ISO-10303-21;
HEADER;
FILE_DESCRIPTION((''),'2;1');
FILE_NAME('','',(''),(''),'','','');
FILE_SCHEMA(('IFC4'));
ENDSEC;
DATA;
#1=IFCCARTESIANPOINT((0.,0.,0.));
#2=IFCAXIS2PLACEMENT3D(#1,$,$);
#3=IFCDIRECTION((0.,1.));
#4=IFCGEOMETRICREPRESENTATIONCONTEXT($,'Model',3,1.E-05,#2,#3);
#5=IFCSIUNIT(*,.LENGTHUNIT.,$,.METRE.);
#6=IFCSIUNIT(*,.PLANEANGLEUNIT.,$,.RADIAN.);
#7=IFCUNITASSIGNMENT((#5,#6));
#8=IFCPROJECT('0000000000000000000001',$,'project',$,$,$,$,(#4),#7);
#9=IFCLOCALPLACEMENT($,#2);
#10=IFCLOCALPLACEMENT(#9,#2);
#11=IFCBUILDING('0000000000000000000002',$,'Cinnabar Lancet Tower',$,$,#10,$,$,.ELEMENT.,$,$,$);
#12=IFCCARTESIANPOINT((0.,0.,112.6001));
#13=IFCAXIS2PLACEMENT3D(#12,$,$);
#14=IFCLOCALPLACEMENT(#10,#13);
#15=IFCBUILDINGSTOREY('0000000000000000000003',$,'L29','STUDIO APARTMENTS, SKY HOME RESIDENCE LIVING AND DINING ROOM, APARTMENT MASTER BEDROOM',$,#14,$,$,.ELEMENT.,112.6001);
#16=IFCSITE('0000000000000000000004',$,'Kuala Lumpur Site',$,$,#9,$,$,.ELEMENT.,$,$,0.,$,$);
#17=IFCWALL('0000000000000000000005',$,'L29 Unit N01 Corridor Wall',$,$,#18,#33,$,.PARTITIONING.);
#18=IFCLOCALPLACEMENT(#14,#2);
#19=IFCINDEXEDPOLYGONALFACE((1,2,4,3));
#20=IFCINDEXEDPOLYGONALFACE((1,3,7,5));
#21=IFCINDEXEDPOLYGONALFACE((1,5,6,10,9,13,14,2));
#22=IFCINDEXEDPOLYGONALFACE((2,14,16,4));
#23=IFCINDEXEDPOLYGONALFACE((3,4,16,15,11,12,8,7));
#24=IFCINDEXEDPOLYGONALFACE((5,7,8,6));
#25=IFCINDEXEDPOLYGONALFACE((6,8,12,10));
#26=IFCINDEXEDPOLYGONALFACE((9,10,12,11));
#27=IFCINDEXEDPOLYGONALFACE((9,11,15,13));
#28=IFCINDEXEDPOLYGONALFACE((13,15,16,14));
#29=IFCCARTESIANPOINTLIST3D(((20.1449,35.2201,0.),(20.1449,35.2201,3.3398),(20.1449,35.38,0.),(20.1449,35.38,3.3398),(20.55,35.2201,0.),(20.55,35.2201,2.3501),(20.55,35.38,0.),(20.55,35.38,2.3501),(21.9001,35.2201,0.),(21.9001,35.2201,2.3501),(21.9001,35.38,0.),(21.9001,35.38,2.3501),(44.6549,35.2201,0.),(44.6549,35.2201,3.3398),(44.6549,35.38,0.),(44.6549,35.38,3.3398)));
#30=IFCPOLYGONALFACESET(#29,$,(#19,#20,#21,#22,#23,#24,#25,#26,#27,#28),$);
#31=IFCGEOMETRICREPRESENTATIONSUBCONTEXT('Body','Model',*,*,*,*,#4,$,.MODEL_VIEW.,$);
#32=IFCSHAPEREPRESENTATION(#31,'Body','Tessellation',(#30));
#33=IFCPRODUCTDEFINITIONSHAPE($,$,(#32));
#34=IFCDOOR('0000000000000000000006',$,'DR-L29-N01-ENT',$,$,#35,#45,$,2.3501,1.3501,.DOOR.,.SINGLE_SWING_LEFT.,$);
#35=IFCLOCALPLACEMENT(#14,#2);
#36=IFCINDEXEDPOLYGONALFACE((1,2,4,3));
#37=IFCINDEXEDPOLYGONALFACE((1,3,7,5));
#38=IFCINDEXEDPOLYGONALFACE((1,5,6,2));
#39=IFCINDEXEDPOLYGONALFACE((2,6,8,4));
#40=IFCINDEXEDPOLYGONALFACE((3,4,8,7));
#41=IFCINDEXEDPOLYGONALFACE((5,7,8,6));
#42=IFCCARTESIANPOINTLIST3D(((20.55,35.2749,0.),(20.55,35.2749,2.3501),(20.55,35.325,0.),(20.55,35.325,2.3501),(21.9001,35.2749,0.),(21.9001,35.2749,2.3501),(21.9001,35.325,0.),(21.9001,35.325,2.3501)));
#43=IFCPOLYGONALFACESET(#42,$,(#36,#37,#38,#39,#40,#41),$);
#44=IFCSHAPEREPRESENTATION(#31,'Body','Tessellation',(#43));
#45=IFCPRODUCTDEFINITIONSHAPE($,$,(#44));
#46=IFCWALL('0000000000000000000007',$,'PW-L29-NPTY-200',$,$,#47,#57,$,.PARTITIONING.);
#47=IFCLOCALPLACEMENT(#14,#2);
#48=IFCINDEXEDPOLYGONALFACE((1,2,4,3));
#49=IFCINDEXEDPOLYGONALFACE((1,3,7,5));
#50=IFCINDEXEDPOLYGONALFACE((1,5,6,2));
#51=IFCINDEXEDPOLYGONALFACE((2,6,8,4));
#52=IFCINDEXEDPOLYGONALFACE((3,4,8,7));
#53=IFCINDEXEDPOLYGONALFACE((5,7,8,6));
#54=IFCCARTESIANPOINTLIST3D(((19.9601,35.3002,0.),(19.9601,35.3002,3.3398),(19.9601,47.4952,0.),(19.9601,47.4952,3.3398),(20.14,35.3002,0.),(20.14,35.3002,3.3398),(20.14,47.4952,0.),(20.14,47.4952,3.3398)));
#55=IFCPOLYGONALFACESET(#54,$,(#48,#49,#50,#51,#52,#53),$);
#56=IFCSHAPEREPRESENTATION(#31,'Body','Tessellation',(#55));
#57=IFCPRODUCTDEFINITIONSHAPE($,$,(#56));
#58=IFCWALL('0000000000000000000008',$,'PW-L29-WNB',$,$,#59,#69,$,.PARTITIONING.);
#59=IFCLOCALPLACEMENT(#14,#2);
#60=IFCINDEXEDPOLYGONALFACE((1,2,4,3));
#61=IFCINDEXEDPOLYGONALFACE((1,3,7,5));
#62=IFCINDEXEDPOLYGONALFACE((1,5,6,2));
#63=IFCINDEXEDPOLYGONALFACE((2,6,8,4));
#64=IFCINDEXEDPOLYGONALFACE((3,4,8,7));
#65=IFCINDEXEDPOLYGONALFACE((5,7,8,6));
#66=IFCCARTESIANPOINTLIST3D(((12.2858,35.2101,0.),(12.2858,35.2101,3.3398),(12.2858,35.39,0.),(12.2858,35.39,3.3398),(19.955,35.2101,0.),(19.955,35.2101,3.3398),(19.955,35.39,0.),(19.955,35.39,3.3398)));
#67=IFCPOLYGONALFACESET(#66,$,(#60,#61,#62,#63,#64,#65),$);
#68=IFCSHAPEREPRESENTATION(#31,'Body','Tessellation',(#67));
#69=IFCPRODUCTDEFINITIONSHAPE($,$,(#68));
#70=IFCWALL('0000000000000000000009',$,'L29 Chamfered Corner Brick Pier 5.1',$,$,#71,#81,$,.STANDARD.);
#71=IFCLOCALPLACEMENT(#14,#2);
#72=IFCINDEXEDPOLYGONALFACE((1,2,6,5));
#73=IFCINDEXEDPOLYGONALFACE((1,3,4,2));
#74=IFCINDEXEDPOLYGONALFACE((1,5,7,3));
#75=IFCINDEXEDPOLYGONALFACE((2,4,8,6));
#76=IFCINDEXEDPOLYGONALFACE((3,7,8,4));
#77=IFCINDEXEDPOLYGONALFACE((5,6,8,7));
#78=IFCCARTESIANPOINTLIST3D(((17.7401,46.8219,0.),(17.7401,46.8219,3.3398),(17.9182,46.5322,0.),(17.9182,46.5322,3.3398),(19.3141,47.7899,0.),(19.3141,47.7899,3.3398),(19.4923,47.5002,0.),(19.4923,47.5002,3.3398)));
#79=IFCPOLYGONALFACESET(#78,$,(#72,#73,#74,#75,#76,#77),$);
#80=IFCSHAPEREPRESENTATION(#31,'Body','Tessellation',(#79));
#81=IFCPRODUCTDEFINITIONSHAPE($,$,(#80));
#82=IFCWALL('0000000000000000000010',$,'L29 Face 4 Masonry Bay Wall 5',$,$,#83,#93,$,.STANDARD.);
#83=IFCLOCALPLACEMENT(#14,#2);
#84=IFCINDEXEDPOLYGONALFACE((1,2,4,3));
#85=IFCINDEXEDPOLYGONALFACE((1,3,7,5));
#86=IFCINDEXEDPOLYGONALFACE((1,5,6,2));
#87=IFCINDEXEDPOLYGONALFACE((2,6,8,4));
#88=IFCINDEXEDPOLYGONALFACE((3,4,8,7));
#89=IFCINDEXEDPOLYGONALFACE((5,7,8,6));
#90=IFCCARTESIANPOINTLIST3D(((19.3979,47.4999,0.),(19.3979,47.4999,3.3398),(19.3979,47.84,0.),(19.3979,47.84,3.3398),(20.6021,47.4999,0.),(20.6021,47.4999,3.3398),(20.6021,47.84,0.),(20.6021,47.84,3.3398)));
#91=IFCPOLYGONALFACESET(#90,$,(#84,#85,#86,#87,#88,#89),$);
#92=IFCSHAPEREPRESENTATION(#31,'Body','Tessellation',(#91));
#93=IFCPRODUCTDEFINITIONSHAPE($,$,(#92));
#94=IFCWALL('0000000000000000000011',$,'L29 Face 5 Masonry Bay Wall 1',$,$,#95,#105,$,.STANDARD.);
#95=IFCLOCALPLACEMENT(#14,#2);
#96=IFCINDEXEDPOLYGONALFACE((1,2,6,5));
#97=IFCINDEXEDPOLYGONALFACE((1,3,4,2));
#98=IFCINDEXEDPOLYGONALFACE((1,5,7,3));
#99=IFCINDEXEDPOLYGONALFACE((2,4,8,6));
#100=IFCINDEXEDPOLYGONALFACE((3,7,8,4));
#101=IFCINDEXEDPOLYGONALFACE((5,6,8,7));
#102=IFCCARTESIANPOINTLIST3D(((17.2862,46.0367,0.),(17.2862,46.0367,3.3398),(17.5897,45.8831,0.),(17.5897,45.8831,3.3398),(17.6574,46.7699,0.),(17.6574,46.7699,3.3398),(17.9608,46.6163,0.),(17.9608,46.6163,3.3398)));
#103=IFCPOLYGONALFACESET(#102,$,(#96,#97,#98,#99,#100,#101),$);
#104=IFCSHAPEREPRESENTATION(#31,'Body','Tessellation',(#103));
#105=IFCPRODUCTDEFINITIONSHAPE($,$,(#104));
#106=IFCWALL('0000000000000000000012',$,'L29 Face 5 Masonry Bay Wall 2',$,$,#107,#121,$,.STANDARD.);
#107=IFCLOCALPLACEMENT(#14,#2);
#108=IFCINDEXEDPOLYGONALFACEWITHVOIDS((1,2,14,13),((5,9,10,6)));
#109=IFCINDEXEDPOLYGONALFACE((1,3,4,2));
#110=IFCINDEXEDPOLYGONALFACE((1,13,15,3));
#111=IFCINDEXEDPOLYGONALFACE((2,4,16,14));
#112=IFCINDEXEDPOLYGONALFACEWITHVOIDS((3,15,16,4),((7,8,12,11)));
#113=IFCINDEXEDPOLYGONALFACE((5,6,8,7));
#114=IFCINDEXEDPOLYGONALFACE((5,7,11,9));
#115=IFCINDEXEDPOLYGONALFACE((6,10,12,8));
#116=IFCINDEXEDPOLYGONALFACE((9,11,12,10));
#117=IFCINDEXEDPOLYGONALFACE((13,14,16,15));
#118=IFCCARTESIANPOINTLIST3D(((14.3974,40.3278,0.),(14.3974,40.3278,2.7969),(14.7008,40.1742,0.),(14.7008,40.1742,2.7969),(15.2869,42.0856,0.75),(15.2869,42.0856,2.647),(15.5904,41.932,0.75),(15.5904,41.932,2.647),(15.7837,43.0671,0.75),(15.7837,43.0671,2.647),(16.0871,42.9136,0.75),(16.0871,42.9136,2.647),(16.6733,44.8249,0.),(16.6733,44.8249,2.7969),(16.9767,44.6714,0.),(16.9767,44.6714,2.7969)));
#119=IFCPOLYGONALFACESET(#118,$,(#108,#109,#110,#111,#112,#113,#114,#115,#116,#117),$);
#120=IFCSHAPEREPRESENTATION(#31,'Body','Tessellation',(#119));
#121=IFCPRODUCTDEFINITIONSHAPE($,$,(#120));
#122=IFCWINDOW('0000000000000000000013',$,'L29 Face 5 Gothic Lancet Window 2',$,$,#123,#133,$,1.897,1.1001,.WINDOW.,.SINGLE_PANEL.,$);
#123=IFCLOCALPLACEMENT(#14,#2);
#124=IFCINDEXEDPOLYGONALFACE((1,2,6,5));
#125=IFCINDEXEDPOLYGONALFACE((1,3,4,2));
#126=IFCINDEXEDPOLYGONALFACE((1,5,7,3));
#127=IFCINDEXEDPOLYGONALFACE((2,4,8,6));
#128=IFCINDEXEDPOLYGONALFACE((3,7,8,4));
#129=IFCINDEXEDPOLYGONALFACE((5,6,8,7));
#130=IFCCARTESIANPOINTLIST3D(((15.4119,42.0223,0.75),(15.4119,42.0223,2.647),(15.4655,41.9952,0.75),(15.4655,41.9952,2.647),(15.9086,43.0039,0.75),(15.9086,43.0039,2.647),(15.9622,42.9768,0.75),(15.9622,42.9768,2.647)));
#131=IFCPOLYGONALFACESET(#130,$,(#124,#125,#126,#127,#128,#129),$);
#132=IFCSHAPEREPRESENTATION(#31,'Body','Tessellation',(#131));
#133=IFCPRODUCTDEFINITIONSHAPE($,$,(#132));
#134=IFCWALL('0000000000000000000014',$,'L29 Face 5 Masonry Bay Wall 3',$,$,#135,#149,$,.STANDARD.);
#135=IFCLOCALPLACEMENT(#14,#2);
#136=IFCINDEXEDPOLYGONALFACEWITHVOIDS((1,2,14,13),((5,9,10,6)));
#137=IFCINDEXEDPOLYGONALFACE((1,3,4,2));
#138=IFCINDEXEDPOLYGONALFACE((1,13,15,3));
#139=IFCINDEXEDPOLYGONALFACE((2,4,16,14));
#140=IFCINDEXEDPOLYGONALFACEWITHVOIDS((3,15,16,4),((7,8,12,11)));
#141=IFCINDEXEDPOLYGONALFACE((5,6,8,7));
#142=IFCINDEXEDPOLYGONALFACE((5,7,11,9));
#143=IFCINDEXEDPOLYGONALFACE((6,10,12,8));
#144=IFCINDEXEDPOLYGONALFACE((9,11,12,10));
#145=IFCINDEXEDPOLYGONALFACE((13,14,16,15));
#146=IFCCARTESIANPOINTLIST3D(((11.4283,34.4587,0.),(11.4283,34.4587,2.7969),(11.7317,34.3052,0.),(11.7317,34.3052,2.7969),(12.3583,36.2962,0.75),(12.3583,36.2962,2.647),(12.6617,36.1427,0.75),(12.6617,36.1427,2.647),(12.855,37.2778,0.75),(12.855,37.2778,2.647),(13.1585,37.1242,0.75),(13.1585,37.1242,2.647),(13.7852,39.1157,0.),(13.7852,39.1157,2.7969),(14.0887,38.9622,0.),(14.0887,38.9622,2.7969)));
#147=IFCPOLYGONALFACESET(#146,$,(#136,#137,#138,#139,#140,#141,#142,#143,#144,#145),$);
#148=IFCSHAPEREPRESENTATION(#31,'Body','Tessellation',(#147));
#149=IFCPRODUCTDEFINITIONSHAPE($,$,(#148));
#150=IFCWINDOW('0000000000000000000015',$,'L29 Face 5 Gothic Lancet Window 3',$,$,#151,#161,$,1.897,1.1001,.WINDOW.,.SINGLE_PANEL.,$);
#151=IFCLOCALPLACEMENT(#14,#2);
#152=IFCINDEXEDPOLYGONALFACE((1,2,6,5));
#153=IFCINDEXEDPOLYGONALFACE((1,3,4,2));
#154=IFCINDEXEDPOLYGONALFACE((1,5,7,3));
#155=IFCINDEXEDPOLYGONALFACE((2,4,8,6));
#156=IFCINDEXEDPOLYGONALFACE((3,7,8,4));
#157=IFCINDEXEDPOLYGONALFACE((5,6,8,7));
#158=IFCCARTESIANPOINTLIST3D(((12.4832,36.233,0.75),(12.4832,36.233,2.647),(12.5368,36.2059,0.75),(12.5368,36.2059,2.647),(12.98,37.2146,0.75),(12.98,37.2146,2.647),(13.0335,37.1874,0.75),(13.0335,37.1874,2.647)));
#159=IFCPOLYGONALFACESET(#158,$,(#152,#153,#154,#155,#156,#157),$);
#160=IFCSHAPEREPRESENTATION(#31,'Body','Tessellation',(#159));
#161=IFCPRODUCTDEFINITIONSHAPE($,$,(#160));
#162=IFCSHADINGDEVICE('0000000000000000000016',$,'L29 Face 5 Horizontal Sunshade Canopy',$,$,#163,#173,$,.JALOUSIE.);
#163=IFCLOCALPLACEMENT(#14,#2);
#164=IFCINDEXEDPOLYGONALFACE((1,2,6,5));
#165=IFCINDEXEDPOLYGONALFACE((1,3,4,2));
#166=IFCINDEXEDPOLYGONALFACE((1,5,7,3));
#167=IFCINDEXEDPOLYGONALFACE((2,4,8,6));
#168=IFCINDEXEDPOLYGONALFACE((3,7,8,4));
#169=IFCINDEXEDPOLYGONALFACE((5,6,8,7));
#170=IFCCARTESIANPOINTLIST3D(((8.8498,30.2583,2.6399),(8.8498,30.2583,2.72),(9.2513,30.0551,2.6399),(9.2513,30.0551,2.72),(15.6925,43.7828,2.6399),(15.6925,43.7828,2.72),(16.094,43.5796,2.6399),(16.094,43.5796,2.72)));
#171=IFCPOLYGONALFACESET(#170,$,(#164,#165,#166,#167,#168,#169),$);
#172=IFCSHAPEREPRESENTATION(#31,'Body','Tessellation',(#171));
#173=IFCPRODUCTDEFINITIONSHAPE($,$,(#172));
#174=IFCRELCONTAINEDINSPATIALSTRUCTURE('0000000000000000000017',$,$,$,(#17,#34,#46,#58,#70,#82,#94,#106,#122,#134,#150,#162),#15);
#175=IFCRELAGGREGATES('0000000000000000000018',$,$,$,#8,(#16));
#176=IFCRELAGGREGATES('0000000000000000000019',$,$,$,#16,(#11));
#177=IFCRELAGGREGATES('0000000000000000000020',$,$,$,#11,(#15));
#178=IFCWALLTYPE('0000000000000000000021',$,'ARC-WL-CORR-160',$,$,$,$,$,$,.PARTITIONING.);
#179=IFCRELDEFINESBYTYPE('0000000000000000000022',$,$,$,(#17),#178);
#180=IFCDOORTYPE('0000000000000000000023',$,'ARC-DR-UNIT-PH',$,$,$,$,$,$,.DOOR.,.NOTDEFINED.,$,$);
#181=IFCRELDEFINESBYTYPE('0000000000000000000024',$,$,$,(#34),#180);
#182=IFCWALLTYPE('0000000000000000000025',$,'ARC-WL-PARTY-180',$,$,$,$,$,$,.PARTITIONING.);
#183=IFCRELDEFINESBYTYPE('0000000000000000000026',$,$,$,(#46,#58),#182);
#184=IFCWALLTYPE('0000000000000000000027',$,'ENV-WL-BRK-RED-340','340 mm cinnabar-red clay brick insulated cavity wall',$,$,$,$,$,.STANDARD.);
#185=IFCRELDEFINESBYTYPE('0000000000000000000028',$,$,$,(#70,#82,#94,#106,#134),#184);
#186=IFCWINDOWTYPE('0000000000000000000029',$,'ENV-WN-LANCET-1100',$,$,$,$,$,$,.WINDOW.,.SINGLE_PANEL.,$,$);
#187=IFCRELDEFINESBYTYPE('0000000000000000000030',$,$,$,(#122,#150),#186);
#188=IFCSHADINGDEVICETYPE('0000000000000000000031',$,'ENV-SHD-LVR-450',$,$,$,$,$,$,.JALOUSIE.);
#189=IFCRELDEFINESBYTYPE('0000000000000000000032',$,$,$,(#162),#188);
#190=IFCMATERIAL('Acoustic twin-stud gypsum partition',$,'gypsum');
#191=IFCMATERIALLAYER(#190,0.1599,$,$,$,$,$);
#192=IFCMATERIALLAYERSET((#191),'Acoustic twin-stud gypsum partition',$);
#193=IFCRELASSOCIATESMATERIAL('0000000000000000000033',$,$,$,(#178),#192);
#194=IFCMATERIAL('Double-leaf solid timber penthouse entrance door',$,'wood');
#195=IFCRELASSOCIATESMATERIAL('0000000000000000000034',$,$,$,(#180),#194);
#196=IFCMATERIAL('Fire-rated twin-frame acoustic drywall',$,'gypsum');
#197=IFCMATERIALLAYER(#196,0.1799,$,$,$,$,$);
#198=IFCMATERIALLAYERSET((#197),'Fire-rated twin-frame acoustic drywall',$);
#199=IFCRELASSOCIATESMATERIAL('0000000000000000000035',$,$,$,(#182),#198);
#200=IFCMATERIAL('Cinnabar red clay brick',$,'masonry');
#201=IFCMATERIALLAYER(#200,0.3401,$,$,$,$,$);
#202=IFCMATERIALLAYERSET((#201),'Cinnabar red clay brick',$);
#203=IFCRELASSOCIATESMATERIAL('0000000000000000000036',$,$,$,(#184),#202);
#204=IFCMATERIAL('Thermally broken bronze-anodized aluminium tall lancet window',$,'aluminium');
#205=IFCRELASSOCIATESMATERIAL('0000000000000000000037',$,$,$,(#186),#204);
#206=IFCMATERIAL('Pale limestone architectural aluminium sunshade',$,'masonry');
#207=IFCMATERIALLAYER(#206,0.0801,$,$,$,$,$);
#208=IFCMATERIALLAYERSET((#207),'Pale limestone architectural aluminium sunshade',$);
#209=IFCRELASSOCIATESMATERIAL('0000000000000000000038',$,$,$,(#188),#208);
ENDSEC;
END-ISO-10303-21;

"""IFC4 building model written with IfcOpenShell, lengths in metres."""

from ifc_helpers import new_model, si_unit, direction, frame, frame_2d, origin, origin_2d, place, context, subcontext, project, spatial, rectangle, extrude, material, layer, layer_set, type_object, element, fill, save


model = new_model("IFC4")

# Units and contexts
model_context = context("Model", 3, precision=1e-05, world=origin(), true_north=direction((0.0, 1.0)))
body_context = subcontext(model_context, "Body", "Model", "MODEL_VIEW")
ifc_project = project(units=[si_unit("LENGTHUNIT", "METRE"), si_unit("PLANEANGLEUNIT", "RADIAN")], contexts=[model_context])

# Site, building, storey
site_placement = place(None, origin())
site = spatial("IfcSite", under=ifc_project, at=site_placement, Name="Kuala Lumpur Site", CompositionType="ELEMENT", RefElevation=0.0)
building_placement = place(site_placement, origin())
building = spatial("IfcBuilding", under=site, at=building_placement, Name="Cinnabar Lancet Tower", CompositionType="ELEMENT")
storey_placement = place(building_placement, frame((0.0, 0.0, 112.6001)))
storey = spatial("IfcBuildingStorey", under=building, at=storey_placement, Name="L29", Description="STUDIO APARTMENTS, SKY HOME RESIDENCE LIVING AND DINING ROOM, APARTMENT MASTER BEDROOM", CompositionType="ELEMENT", Elevation=112.6001)

# Wall, opening, door
ifc_material_1 = material(Name="Acoustic twin-stud gypsum partition", Category="gypsum")
ifc_layer_1 = layer(ifc_material_1, 0.1599)
ifc_layer_set_1 = layer_set([ifc_layer_1], Name="Acoustic twin-stud gypsum partition")
wall_type_1 = type_object("IfcWallType", Name="ARC-WL-CORR-160", PredefinedType="PARTITIONING", material=ifc_layer_set_1)
wall_1_placement = place(storey_placement, frame((20.145, 35.3, 0.0), z_axis=(0.0, 0.0, 1.0), x_axis=(1.0, 0.0, 0.0)))
wall_1 = element("IfcWall", 1, at=wall_1_placement, inside=storey, type_object=wall_type_1, Name="L29 Unit N01 Corridor Wall", PredefinedType="PARTITIONING", context=body_context, shape_type="SweptSolid", body=[
    extrude(rectangle(XDim=24.51, YDim=0.1599, at=frame_2d((12.2549, 0.0))), origin(), (0.0, 0.0, 1.0), 3.3398),
])
opening_1_placement = place(wall_1_placement, frame((0.405, 0.0, 0.0)))
opening_1 = element("IfcOpeningElement", 2, at=opening_1_placement, cuts=wall_1, PredefinedType="OPENING", context=body_context, shape_type="SweptSolid", body=[
    extrude(rectangle(XDim=1.3501, YDim=2.3501, at=frame_2d((0.675, 1.175))), frame((0.0, 0.0898, 0.0), z_axis=(0.0, -1.0, 0.0), x_axis=(1.0, 0.0, 0.0)), (0.0, 0.0, 1.0), 0.1799),
])
ifc_material_2 = material(Name="Double-leaf solid timber penthouse entrance door", Category="wood")
door_type = type_object("IfcDoorType", Name="ARC-DR-UNIT-PH", OperationType="NOTDEFINED", PredefinedType="DOOR", material=ifc_material_2)
door_placement = place(opening_1_placement, origin())
door = element("IfcDoor", 3, at=door_placement, inside=storey, type_object=door_type, Name="DR-L29-N01-ENT", OperationType="SINGLE_SWING_LEFT", OverallHeight=2.3501, OverallWidth=1.3501, PredefinedType="DOOR", context=body_context, shape_type="SweptSolid", body=[
    extrude(rectangle(XDim=1.3501, YDim=2.3501, at=frame_2d((0.675, 1.175))), frame((0.0, 0.0249, 0.0), z_axis=(0.0, -1.0, 0.0), x_axis=(1.0, 0.0, 0.0)), (0.0, 0.0, 1.0), 0.05),
])
fill(opening_1, door)

# Walls
ifc_material_3 = material(Name="Fire-rated twin-frame acoustic drywall", Category="gypsum")
ifc_layer_2 = layer(ifc_material_3, 0.1799)
ifc_layer_set_2 = layer_set([ifc_layer_2], Name="Fire-rated twin-frame acoustic drywall")
wall_type_2 = type_object("IfcWallType", Name="ARC-WL-PARTY-180", PredefinedType="PARTITIONING", material=ifc_layer_set_2)
wall_2_placement = place(storey_placement, frame((20.05, 35.3, 0.0), z_axis=(0.0, 0.0, 1.0), x_axis=(0.0, 1.0, 0.0)))
element("IfcWall", 4, at=wall_2_placement, inside=storey, type_object=wall_type_2, Name="PW-L29-NPTY-200", PredefinedType="PARTITIONING", context=body_context, shape_type="SweptSolid", body=[
    extrude(rectangle(XDim=12.1951, YDim=0.1799, at=frame_2d((6.0977, 0.0))), origin(), (0.0, 0.0, 1.0), 3.3398),
])
wall_3_placement = place(storey_placement, frame((12.2859, 35.3, 0.0), z_axis=(0.0, 0.0, 1.0), x_axis=(1.0, 0.0, 0.0)))
element("IfcWall", 5, at=wall_3_placement, inside=storey, type_object=wall_type_2, Name="PW-L29-WNB", PredefinedType="PARTITIONING", context=body_context, shape_type="SweptSolid", body=[
    extrude(rectangle(XDim=7.6692, YDim=0.1799, at=frame_2d((3.8345, 0.0))), origin(), (0.0, 0.0, 1.0), 3.3398),
])
ifc_material_4 = material(Name="Cinnabar red clay brick", Category="masonry")
ifc_layer_3 = layer(ifc_material_4, 0.3401)
ifc_layer_set_3 = layer_set([ifc_layer_3], Name="Cinnabar red clay brick")
wall_type_3 = type_object("IfcWallType", Name="ENV-WL-BRK-RED-340", Description="340 mm cinnabar-red clay brick insulated cavity wall", PredefinedType="STANDARD", material=ifc_layer_set_3)
wall_4_placement = place(storey_placement, frame((19.4031, 47.645, 0.0), z_axis=(0.0, 0.0, 1.0), x_axis=(-0.851799, -0.523869, 0.0)))
element("IfcWall", 6, at=wall_4_placement, inside=storey, type_object=wall_type_3, Name="L29 Chamfered Corner Brick Pier 5.1", PredefinedType="STANDARD", context=body_context, shape_type="SweptSolid", body=[
    extrude(rectangle(XDim=1.8479, YDim=0.3401, at=frame_2d((0.9238, 0.0))), origin(), (0.0, 0.0, 1.0), 3.3398),
])
wall_5_placement = place(storey_placement, frame((20.6021, 47.6699, 0.0), z_axis=(0.0, 0.0, 1.0), x_axis=(-1.0, 0.0, 0.0)))
element("IfcWall", 7, at=wall_5_placement, inside=storey, type_object=wall_type_3, Name="L29 Face 4 Masonry Bay Wall 5", PredefinedType="STANDARD", context=body_context, shape_type="SweptSolid", body=[
    extrude(rectangle(XDim=1.2041, YDim=0.3401, at=frame_2d((0.6021, 0.0))), origin(), (0.0, 0.0, 1.0), 3.3398),
])
wall_6_placement = place(storey_placement, frame((17.8091, 46.6931, 0.0), z_axis=(0.0, 0.0, 1.0), x_axis=(-0.451605, -0.892218, 0.0)))
element("IfcWall", 8, at=wall_6_placement, inside=storey, type_object=wall_type_3, Name="L29 Face 5 Masonry Bay Wall 1", PredefinedType="STANDARD", context=body_context, shape_type="SweptSolid", body=[
    extrude(rectangle(XDim=0.8218, YDim=0.3401, at=frame_2d((0.4109, 0.0))), origin(), (0.0, 0.0, 1.0), 3.3398),
])

# Walls, openings, windows
wall_7_placement = place(storey_placement, frame((16.825, 44.748, 0.0), z_axis=(0.0, 0.0, 1.0), x_axis=(-0.451548, -0.892247, 0.0)))
wall_7 = element("IfcWall", 9, at=wall_7_placement, inside=storey, type_object=wall_type_3, Name="L29 Face 5 Masonry Bay Wall 2", PredefinedType="STANDARD", context=body_context, shape_type="SweptSolid", body=[
    extrude(rectangle(XDim=5.0403, YDim=0.3401, at=frame_2d((2.52, 0.0))), origin(), (0.0, 0.0, 1.0), 2.7969),
])
opening_2_placement = place(wall_7_placement, frame((1.97, 0.0, 0.75)))
opening_2 = element("IfcOpeningElement", 10, at=opening_2_placement, cuts=wall_7, PredefinedType="OPENING", context=body_context, shape_type="SweptSolid", body=[
    extrude(rectangle(XDim=1.1001, YDim=1.897, at=frame_2d((0.55, 0.9485))), frame((0.0, 0.1799, 0.0), z_axis=(0.0, -1.0, 0.0), x_axis=(1.0, 0.0, 0.0)), (0.0, 0.0, 1.0), 0.3601),
])
ifc_material_5 = material(Name="Thermally broken bronze-anodized aluminium tall lancet window", Category="aluminium")
window_type = type_object("IfcWindowType", Name="ENV-WN-LANCET-1100", PartitioningType="SINGLE_PANEL", PredefinedType="WINDOW", material=ifc_material_5)
window_1_placement = place(opening_2_placement, origin())
window_1 = element("IfcWindow", 11, at=window_1_placement, inside=storey, type_object=window_type, Name="L29 Face 5 Gothic Lancet Window 2", OverallHeight=1.897, OverallWidth=1.1001, PartitioningType="SINGLE_PANEL", PredefinedType="WINDOW", context=body_context, shape_type="SweptSolid", body=[
    extrude(rectangle(XDim=1.1001, YDim=1.897, at=frame_2d((0.55, 0.9485))), frame((0.0, 0.03, 0.0), z_axis=(0.0, -1.0, 0.0), x_axis=(1.0, 0.0, 0.0)), (0.0, 0.0, 1.0), 0.0601),
])
fill(opening_2, window_1)
wall_8_placement = place(storey_placement, frame((13.937, 39.0391, 0.0), z_axis=(0.0, 0.0, 1.0), x_axis=(-0.451568, -0.892237, 0.0)))
wall_8 = element("IfcWall", 12, at=wall_8_placement, inside=storey, type_object=wall_type_3, Name="L29 Face 5 Masonry Bay Wall 3", PredefinedType="STANDARD", context=body_context, shape_type="SweptSolid", body=[
    extrude(rectangle(XDim=5.2195, YDim=0.3401, at=frame_2d((2.6099, 0.0))), origin(), (0.0, 0.0, 1.0), 2.7969),
])
opening_3_placement = place(wall_8_placement, frame((2.0601, 0.0, 0.75)))
opening_3 = element("IfcOpeningElement", 13, at=opening_3_placement, cuts=wall_8, PredefinedType="OPENING", context=body_context, shape_type="SweptSolid", body=[
    extrude(rectangle(XDim=1.1001, YDim=1.897, at=frame_2d((0.55, 0.9485))), frame((0.0, 0.1799, 0.0), z_axis=(0.0, -1.0, 0.0), x_axis=(1.0, 0.0, 0.0)), (0.0, 0.0, 1.0), 0.3601),
])
window_2_placement = place(opening_3_placement, origin())
window_2 = element("IfcWindow", 14, at=window_2_placement, inside=storey, type_object=window_type, Name="L29 Face 5 Gothic Lancet Window 3", OverallHeight=1.897, OverallWidth=1.1001, PartitioningType="SINGLE_PANEL", PredefinedType="WINDOW", context=body_context, shape_type="SweptSolid", body=[
    extrude(rectangle(XDim=1.1001, YDim=1.897, at=frame_2d((0.55, 0.9485))), frame((0.0, 0.03, 0.0), z_axis=(0.0, -1.0, 0.0), x_axis=(1.0, 0.0, 0.0)), (0.0, 0.0, 1.0), 0.0601),
])
fill(opening_3, window_2)

# Shading device
ifc_material_6 = material(Name="Pale limestone architectural aluminium sunshade", Category="masonry")
ifc_layer_4 = layer(ifc_material_6, 0.0801)
ifc_layer_set_4 = layer_set([ifc_layer_4], Name="Pale limestone architectural aluminium sunshade")
shading_device_type = type_object("IfcShadingDeviceType", Name="ENV-SHD-LVR-450", PredefinedType="JALOUSIE", material=ifc_layer_set_4)
shading_device_placement = place(storey_placement, frame((12.4719, 36.9189, 2.6399), z_axis=(0.0, 0.0, 1.0), x_axis=(-0.451454, -0.892294, 0.0)))
element("IfcShadingDevice", 15, at=shading_device_placement, inside=storey, type_object=shading_device_type, Name="L29 Face 5 Horizontal Sunshade Canopy", PredefinedType="JALOUSIE", context=body_context, shape_type="SweptSolid", body=[
    extrude(rectangle(XDim=15.157, YDim=0.45, at=origin_2d()), origin(), (0.0, 0.0, 1.0), 0.0801),
])

save(model, "model.ifc")
